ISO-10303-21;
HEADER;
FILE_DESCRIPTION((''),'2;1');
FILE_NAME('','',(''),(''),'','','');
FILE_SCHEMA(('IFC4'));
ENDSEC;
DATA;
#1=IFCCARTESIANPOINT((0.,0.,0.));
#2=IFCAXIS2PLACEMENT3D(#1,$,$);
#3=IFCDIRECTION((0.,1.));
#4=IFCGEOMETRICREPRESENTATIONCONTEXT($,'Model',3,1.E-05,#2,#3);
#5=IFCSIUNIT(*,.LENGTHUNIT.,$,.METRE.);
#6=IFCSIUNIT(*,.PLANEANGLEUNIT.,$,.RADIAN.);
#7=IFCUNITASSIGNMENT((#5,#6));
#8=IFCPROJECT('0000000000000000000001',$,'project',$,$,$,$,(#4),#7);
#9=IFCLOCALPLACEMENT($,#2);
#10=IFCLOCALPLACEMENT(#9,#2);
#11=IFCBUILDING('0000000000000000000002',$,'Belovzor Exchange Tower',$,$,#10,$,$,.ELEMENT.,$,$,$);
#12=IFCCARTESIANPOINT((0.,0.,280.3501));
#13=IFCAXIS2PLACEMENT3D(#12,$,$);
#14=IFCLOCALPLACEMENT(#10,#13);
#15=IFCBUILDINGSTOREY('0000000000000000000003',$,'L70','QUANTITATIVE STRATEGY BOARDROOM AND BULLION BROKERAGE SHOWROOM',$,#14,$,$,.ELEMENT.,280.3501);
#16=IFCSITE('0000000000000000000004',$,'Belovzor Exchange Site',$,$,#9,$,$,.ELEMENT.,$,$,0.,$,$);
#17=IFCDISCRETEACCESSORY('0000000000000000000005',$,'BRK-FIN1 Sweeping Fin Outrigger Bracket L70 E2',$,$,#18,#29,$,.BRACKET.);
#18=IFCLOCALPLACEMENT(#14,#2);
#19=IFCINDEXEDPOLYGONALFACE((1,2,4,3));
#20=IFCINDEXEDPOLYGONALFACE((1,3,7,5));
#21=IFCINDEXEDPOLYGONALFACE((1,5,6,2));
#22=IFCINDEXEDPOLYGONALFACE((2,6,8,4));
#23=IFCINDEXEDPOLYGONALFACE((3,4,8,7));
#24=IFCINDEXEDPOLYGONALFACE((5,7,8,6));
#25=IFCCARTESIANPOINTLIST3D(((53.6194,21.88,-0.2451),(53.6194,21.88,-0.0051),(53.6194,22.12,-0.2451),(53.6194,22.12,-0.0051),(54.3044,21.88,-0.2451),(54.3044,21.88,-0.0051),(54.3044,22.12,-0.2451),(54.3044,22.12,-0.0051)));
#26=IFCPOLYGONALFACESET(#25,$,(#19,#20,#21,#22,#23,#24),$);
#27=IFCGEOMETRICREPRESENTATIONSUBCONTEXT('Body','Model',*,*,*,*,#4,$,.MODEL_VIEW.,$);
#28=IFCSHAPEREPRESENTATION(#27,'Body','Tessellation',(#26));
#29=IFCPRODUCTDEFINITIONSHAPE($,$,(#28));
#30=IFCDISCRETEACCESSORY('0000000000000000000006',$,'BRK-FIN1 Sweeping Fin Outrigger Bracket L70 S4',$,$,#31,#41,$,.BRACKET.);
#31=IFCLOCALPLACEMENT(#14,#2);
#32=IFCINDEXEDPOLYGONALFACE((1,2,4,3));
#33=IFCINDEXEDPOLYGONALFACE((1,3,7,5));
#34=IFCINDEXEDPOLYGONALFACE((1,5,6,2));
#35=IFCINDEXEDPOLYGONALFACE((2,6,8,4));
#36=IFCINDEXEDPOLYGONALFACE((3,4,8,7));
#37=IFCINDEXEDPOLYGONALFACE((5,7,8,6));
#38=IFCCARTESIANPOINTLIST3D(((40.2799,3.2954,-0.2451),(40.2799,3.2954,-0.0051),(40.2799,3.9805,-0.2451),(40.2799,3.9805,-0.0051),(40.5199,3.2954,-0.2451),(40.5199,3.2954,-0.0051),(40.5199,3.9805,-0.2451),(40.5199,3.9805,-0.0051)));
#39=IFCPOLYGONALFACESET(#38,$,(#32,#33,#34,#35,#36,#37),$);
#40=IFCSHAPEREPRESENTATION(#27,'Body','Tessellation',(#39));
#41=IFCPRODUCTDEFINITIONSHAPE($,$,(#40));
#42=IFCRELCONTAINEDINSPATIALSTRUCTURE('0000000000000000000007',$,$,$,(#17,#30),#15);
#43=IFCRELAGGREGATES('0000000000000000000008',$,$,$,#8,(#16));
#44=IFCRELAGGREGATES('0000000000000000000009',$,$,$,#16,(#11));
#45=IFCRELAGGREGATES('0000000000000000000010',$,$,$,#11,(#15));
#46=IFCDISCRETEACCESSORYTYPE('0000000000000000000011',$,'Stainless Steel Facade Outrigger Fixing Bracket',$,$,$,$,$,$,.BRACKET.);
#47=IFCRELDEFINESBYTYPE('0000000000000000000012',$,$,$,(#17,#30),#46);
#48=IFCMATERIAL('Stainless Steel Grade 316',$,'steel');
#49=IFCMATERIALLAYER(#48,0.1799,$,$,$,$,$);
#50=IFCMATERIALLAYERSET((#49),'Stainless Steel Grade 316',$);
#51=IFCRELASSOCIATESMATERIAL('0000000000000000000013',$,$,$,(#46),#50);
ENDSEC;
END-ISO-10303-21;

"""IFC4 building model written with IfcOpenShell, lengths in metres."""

from ifc_helpers import new_model, si_unit, direction, frame, origin, origin_2d, place, context, subcontext, project, spatial, rectangle, extrude, material, layer, layer_set, type_object, element, save


model = new_model("IFC4")

# Units and contexts
model_context = context("Model", 3, precision=1e-05, world=origin(), true_north=direction((0.0, 1.0)))
body_context = subcontext(model_context, "Body", "Model", "MODEL_VIEW")
ifc_project = project(units=[si_unit("LENGTHUNIT", "METRE"), si_unit("PLANEANGLEUNIT", "RADIAN")], contexts=[model_context])

# Site, building, storey
site_placement = place(None, origin())
site = spatial("IfcSite", under=ifc_project, at=site_placement, Name="Belovzor Exchange Site", CompositionType="ELEMENT", RefElevation=0.0)
building_placement = place(site_placement, origin())
building = spatial("IfcBuilding", under=site, at=building_placement, Name="Belovzor Exchange Tower", CompositionType="ELEMENT")
storey_placement = place(building_placement, frame((0.0, 0.0, 280.3501)))
storey = spatial("IfcBuildingStorey", under=building, at=storey_placement, Name="L70", Description="QUANTITATIVE STRATEGY BOARDROOM AND BULLION BROKERAGE SHOWROOM", CompositionType="ELEMENT", Elevation=280.3501)

# Discrete accessories
ifc_material_1 = material(Name="Stainless Steel Grade 316", Category="steel")
ifc_layer_1 = layer(ifc_material_1, 0.1799)
ifc_layer_set_1 = layer_set([ifc_layer_1], Name="Stainless Steel Grade 316")
discrete_accessory_type = type_object("IfcDiscreteAccessoryType", Name="Stainless Steel Facade Outrigger Fixing Bracket", PredefinedType="BRACKET", material=ifc_layer_set_1)
for number, where, z_axis, x_axis, name in (
    (1, (53.9619, 22.0, -0.2451), (0.0, 0.0, 1.0), (1.0, 0.0, 0.0), "BRK-FIN1 Sweeping Fin Outrigger Bracket L70 E2"),
    (2, (40.3999, 3.6379, -0.2451), (0.0, 0.0, 1.0), (0.0, 1.0, 0.0), "BRK-FIN1 Sweeping Fin Outrigger Bracket L70 S4"),
):
    element("IfcDiscreteAccessory", number, at=place(storey_placement, frame(where, z_axis=z_axis, x_axis=x_axis)), inside=storey, type_object=discrete_accessory_type, Name=name, PredefinedType="BRACKET", context=body_context, shape_type="SweptSolid", body=[
        extrude(rectangle(XDim=0.6851, YDim=0.24, at=origin_2d()), origin(), (0.0, 0.0, 1.0), 0.24),
    ])

save(model, "model.ifc")
